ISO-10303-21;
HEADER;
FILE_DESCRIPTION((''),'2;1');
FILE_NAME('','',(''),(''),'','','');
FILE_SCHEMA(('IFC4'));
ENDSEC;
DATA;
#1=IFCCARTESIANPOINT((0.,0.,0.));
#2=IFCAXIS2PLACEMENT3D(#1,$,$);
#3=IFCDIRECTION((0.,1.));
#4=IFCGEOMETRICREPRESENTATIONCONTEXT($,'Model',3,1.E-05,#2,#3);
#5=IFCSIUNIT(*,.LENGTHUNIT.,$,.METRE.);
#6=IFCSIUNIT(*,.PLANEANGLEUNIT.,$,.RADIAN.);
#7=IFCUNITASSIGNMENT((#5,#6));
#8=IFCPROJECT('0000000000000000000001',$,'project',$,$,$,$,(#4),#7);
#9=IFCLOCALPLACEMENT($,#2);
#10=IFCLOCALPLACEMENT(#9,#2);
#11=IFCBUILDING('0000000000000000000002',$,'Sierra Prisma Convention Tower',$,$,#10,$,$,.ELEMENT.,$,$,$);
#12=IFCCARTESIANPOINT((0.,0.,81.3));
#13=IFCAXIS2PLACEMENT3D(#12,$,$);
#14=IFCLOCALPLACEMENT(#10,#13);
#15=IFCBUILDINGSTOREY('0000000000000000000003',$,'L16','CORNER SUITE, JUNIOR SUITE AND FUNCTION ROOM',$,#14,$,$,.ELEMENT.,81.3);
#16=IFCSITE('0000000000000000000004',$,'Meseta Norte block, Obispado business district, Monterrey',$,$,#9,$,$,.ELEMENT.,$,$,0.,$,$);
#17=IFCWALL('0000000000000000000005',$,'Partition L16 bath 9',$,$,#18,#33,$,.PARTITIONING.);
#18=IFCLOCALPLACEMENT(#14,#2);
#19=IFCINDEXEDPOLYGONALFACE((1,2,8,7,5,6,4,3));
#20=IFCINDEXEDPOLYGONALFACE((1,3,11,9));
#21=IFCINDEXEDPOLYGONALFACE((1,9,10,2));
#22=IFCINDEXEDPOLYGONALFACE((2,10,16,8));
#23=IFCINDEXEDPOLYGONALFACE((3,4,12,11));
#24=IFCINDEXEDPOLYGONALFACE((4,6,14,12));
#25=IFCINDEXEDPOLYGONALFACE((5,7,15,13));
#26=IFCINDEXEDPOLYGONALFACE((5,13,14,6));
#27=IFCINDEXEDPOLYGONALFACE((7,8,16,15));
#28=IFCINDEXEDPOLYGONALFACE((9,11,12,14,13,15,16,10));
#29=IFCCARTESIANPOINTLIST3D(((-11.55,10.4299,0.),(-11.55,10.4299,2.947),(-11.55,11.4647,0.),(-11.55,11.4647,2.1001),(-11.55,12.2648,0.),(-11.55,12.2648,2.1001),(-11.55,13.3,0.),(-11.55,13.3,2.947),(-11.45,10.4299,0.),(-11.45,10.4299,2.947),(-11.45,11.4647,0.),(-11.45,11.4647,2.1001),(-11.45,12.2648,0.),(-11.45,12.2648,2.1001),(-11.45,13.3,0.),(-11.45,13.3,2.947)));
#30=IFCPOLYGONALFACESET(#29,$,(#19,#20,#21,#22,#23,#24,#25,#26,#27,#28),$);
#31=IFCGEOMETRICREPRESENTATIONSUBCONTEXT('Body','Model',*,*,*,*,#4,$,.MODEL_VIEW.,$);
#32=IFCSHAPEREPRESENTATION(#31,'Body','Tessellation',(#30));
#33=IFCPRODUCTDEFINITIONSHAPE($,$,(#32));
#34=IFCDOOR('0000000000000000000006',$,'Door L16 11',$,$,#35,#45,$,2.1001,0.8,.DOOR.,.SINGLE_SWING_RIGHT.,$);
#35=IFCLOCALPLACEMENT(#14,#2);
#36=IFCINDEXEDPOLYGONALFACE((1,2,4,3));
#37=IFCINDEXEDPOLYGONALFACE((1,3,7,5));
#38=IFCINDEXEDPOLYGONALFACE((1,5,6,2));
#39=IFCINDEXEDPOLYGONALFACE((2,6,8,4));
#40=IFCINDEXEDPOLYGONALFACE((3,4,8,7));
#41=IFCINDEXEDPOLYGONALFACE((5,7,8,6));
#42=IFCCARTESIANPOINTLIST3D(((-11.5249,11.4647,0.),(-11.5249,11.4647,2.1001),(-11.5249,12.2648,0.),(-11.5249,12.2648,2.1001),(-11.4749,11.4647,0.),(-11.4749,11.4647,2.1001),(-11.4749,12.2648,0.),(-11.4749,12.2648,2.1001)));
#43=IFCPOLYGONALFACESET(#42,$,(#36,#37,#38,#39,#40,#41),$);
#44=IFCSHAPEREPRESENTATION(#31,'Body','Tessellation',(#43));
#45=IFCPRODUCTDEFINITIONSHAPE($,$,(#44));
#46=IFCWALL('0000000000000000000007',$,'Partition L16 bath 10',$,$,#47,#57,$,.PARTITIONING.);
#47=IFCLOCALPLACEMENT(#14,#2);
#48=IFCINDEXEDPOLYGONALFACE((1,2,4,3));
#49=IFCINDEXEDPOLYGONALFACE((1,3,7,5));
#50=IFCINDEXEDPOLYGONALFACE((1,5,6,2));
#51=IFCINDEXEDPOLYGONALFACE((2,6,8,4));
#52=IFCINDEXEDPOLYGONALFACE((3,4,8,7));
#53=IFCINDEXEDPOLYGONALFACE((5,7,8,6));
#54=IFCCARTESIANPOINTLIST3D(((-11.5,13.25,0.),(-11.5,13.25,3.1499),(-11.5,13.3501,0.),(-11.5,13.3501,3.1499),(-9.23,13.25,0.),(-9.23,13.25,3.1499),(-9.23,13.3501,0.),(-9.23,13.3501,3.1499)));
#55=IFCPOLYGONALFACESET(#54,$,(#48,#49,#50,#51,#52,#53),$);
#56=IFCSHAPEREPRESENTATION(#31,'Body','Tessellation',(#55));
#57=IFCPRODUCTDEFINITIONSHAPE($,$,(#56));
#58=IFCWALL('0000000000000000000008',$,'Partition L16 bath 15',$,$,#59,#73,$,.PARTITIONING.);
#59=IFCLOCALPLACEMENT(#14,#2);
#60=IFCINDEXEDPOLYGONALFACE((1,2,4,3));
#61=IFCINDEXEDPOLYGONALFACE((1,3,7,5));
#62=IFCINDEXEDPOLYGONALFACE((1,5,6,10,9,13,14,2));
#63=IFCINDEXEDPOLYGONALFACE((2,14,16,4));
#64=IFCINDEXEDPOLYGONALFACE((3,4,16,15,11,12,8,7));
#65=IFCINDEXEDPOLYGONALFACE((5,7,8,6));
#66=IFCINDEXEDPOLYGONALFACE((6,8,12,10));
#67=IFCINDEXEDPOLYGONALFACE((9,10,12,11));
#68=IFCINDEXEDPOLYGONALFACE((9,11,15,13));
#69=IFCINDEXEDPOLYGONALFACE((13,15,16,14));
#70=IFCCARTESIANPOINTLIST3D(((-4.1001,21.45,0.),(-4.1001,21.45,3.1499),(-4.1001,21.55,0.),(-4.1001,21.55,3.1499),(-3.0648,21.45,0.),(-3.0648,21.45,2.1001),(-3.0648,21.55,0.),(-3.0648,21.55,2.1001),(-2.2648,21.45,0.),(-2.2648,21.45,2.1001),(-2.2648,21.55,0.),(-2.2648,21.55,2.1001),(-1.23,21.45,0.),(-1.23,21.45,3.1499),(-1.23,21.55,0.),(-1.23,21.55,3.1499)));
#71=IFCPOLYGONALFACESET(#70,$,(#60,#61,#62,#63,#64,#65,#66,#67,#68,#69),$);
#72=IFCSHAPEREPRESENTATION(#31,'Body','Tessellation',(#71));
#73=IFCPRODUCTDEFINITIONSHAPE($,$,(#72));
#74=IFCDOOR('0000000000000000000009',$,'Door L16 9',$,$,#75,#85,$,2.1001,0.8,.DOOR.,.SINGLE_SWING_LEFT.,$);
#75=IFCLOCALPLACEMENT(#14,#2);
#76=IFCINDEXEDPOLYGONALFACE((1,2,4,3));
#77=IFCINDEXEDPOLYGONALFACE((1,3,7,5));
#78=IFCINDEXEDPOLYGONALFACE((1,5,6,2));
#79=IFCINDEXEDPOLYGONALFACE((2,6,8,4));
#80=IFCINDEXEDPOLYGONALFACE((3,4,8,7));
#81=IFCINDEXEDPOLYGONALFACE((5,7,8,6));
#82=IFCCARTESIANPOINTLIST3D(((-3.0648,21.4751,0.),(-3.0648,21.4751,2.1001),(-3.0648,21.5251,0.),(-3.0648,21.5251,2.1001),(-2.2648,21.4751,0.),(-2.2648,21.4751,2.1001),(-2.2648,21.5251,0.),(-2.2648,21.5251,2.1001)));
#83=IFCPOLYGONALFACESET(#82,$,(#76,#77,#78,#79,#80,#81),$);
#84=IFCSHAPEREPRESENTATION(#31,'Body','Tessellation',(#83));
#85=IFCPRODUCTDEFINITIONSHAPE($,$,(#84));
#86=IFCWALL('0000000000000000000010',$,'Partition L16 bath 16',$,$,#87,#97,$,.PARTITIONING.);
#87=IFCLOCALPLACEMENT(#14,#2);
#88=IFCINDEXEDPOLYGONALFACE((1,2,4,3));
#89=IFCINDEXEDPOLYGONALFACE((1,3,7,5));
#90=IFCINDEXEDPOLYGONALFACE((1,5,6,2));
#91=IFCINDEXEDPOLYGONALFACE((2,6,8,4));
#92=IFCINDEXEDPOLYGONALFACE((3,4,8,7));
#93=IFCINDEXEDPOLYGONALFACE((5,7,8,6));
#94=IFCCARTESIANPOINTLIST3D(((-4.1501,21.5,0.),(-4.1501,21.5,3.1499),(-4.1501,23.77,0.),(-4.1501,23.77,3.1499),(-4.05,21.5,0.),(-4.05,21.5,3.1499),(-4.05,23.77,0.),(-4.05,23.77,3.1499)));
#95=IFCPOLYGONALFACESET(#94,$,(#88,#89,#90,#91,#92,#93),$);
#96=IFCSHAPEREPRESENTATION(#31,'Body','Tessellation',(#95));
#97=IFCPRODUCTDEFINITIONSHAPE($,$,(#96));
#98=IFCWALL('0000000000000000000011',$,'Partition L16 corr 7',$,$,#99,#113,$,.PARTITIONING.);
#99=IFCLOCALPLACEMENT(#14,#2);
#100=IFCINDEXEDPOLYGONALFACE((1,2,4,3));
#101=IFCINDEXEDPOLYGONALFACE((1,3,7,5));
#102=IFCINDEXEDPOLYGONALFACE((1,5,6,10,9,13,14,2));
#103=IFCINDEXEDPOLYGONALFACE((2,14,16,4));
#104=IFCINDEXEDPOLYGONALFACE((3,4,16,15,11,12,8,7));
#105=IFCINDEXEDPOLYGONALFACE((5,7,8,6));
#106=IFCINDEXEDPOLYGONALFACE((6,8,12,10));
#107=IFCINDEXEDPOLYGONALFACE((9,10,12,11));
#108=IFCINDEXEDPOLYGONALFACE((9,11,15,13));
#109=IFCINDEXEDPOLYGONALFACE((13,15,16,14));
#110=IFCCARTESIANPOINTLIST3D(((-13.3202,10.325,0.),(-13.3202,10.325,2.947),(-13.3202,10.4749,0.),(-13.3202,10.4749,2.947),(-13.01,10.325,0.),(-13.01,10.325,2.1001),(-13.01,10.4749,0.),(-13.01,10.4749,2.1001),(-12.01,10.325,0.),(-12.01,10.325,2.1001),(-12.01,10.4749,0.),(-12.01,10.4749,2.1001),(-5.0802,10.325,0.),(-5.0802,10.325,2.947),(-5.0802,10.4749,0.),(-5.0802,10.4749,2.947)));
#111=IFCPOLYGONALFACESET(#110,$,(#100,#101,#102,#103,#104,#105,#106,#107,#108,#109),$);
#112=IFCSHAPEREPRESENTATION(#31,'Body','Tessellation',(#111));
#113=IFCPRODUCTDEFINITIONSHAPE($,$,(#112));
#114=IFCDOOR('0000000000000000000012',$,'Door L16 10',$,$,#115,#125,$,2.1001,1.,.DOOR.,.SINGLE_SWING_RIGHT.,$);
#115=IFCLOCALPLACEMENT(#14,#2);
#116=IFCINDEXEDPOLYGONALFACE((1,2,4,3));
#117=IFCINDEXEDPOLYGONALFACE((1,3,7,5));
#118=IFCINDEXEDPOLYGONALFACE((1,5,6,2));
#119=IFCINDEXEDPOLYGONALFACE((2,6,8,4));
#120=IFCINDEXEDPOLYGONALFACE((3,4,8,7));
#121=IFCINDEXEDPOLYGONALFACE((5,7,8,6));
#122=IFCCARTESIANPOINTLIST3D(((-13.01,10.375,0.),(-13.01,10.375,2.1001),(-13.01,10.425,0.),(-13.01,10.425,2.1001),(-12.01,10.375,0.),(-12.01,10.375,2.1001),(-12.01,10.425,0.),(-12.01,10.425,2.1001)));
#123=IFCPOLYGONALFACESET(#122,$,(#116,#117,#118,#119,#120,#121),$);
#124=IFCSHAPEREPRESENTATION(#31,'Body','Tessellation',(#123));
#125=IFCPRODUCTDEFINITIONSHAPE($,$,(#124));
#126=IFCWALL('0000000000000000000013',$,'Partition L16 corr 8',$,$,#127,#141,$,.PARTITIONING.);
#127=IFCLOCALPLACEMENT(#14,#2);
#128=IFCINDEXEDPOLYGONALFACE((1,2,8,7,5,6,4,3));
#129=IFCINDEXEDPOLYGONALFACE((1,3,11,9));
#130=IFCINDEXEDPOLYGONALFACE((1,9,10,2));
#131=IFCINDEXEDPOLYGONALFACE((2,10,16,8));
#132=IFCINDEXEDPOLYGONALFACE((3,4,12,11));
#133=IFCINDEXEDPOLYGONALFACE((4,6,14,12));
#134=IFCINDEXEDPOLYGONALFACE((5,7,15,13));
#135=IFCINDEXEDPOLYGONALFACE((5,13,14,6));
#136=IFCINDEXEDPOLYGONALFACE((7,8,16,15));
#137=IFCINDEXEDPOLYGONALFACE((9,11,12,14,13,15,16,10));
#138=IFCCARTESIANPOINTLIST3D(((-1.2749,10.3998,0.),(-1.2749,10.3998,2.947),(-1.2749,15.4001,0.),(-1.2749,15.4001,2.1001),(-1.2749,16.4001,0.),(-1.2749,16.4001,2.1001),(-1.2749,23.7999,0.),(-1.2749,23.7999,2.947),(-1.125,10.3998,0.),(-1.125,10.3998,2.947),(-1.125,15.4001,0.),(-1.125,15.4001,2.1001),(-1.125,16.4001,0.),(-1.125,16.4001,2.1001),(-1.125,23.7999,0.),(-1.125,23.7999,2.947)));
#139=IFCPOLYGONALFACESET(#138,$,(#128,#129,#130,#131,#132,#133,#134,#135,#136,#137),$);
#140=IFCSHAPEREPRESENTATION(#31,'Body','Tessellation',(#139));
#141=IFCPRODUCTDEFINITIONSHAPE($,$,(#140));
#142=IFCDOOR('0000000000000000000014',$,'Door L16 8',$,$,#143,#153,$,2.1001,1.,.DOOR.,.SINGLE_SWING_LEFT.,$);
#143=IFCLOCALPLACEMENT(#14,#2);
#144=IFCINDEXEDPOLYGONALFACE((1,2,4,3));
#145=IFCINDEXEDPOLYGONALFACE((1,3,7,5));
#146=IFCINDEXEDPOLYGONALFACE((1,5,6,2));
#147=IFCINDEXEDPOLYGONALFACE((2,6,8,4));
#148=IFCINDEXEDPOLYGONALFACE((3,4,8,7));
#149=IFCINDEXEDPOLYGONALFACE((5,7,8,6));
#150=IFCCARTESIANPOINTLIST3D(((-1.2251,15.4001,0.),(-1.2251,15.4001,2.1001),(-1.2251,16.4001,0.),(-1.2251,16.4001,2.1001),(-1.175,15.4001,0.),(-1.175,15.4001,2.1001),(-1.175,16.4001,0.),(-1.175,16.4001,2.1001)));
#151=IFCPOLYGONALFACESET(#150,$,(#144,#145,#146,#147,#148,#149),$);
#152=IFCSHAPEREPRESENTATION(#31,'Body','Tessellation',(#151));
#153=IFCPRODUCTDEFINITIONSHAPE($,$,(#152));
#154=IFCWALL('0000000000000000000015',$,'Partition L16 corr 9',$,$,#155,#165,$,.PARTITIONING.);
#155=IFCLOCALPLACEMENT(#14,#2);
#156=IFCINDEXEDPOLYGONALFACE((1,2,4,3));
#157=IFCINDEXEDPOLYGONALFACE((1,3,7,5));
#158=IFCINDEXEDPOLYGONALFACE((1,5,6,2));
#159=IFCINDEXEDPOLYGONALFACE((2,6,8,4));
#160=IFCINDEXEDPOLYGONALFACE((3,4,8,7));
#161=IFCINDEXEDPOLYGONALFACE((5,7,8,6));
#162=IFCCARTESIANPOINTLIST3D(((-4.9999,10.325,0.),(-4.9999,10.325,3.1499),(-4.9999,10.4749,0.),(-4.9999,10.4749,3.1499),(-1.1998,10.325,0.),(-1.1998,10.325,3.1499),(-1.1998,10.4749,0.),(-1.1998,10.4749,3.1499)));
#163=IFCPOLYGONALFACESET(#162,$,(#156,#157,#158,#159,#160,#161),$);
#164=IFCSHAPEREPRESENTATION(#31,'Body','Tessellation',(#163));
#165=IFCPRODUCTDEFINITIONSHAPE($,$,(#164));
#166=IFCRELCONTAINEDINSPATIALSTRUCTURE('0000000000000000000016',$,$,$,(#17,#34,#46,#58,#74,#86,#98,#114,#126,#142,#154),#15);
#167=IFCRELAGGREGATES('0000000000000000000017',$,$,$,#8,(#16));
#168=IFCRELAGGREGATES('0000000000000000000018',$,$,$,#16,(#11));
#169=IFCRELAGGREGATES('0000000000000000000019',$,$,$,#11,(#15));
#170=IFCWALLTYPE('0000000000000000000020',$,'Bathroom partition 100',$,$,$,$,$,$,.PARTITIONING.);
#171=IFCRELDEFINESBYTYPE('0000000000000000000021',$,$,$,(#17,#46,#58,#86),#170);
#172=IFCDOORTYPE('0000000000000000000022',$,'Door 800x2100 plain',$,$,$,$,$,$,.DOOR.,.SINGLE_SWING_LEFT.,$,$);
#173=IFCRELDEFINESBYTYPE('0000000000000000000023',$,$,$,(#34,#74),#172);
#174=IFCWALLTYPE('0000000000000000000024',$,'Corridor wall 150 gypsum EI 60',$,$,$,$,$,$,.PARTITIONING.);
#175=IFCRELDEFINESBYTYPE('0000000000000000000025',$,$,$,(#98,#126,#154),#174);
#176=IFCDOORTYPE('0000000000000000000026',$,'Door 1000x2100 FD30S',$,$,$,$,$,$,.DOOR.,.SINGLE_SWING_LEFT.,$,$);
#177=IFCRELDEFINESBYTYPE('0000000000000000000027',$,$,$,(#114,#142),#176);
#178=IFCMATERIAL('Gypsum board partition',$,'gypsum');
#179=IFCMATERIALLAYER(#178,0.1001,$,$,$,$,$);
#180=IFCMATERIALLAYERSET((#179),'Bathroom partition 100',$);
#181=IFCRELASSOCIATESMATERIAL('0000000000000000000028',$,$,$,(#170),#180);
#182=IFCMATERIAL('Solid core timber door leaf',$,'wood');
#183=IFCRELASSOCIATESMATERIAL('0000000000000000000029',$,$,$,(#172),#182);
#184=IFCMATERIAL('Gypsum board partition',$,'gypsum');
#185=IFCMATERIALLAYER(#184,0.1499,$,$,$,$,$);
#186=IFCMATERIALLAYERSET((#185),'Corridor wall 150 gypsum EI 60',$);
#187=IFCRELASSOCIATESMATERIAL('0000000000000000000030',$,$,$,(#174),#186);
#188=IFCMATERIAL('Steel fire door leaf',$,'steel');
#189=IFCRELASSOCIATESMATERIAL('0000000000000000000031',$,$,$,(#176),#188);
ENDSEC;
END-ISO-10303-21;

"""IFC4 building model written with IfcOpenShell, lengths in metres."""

from ifc_helpers import new_model, si_unit, direction, frame, frame_2d, origin, place, context, subcontext, project, spatial, rectangle, extrude, material, layer, layer_set, type_object, element, fill, save


model = new_model("IFC4")

# Units and contexts
model_context = context("Model", 3, precision=1e-05, world=origin(), true_north=direction((0.0, 1.0)))
body_context = subcontext(model_context, "Body", "Model", "MODEL_VIEW")
ifc_project = project(units=[si_unit("LENGTHUNIT", "METRE"), si_unit("PLANEANGLEUNIT", "RADIAN")], contexts=[model_context])

# Site, building, storey
site_placement = place(None, origin())
site = spatial("IfcSite", under=ifc_project, at=site_placement, Name="Meseta Norte block, Obispado business district, Monterrey", CompositionType="ELEMENT", RefElevation=0.0)
building_placement = place(site_placement, origin())
building = spatial("IfcBuilding", under=site, at=building_placement, Name="Sierra Prisma Convention Tower", CompositionType="ELEMENT")
storey_placement = place(building_placement, frame((0.0, 0.0, 81.3)))
storey = spatial("IfcBuildingStorey", under=building, at=storey_placement, Name="L16", Description="CORNER SUITE, JUNIOR SUITE AND FUNCTION ROOM", CompositionType="ELEMENT", Elevation=81.3)

# Wall, opening, door
ifc_material_1 = material(Name="Gypsum board partition", Category="gypsum")
ifc_layer_1 = layer(ifc_material_1, 0.1001)
ifc_layer_set_1 = layer_set([ifc_layer_1], Name="Bathroom partition 100")
wall_type_1 = type_object("IfcWallType", Name="Bathroom partition 100", PredefinedType="PARTITIONING", material=ifc_layer_set_1)
wall_1_placement = place(storey_placement, frame((-11.5, 10.4299, 0.0), z_axis=(0.0, 0.0, 1.0), x_axis=(0.0, 1.0, 0.0)))
wall_1 = element("IfcWall", 1, at=wall_1_placement, inside=storey, type_object=wall_type_1, Name="Partition L16 bath 9", PredefinedType="PARTITIONING", context=body_context, shape_type="SweptSolid", body=[
    extrude(rectangle(XDim=2.8701, YDim=0.1001, at=frame_2d((1.4351, 0.0))), origin(), (0.0, 0.0, 1.0), 2.947),
])
opening_1_placement = place(wall_1_placement, frame((1.0349, 0.0, 0.0)))
opening_1 = element("IfcOpeningElement", 2, at=opening_1_placement, cuts=wall_1, PredefinedType="OPENING", context=body_context, shape_type="SweptSolid", body=[
    extrude(rectangle(XDim=0.8, YDim=2.1001, at=frame_2d((0.3999, 1.05))), frame((0.0, 0.05, 0.0), z_axis=(0.0, -1.0, 0.0), x_axis=(1.0, 0.0, 0.0)), (0.0, 0.0, 1.0), 0.1001),
])
ifc_material_2 = material(Name="Solid core timber door leaf", Category="wood")
door_type_1 = type_object("IfcDoorType", Name="Door 800x2100 plain", OperationType="SINGLE_SWING_LEFT", PredefinedType="DOOR", material=ifc_material_2)
door_1_placement = place(opening_1_placement, origin())
door_1 = element("IfcDoor", 3, at=door_1_placement, inside=storey, type_object=door_type_1, Name="Door L16 11", OperationType="SINGLE_SWING_RIGHT", OverallHeight=2.1001, OverallWidth=0.8, PredefinedType="DOOR", context=body_context, shape_type="SweptSolid", body=[
    extrude(rectangle(XDim=0.8, YDim=2.1001, at=frame_2d((0.3999, 1.05))), frame((0.0, 0.0249, 0.0), z_axis=(0.0, -1.0, 0.0), x_axis=(1.0, 0.0, 0.0)), (0.0, 0.0, 1.0), 0.05),
])
fill(opening_1, door_1)

# Wall
wall_2_placement = place(storey_placement, frame((-11.5, 13.3, 0.0), z_axis=(0.0, 0.0, 1.0), x_axis=(1.0, 0.0, 0.0)))
element("IfcWall", 4, at=wall_2_placement, inside=storey, type_object=wall_type_1, Name="Partition L16 bath 10", PredefinedType="PARTITIONING", context=body_context, shape_type="SweptSolid", body=[
    extrude(rectangle(XDim=2.27, YDim=0.1001, at=frame_2d((1.135, 0.0))), origin(), (0.0, 0.0, 1.0), 3.1499),
])

# Wall, opening, door
wall_3_placement = place(storey_placement, frame((-1.23, 21.5, 0.0), z_axis=(0.0, 0.0, 1.0), x_axis=(-1.0, 0.0, 0.0)))
wall_3 = element("IfcWall", 5, at=wall_3_placement, inside=storey, type_object=wall_type_1, Name="Partition L16 bath 15", PredefinedType="PARTITIONING", context=body_context, shape_type="SweptSolid", body=[
    extrude(rectangle(XDim=2.8701, YDim=0.1001, at=frame_2d((1.4351, 0.0))), origin(), (0.0, 0.0, 1.0), 3.1499),
])
opening_2_placement = place(wall_3_placement, frame((1.0349, 0.0, 0.0)))
opening_2 = element("IfcOpeningElement", 6, at=opening_2_placement, cuts=wall_3, PredefinedType="OPENING", context=body_context, shape_type="SweptSolid", body=[
    extrude(rectangle(XDim=0.8, YDim=2.1001, at=frame_2d((0.3999, 1.05))), frame((0.0, 0.05, 0.0), z_axis=(0.0, -1.0, 0.0), x_axis=(1.0, 0.0, 0.0)), (0.0, 0.0, 1.0), 0.1001),
])
door_2_placement = place(opening_2_placement, origin())
door_2 = element("IfcDoor", 7, at=door_2_placement, inside=storey, type_object=door_type_1, Name="Door L16 9", OperationType="SINGLE_SWING_LEFT", OverallHeight=2.1001, OverallWidth=0.8, PredefinedType="DOOR", context=body_context, shape_type="SweptSolid", body=[
    extrude(rectangle(XDim=0.8, YDim=2.1001, at=frame_2d((0.3999, 1.05))), frame((0.0, 0.0249, 0.0), z_axis=(0.0, -1.0, 0.0), x_axis=(1.0, 0.0, 0.0)), (0.0, 0.0, 1.0), 0.05),
])
fill(opening_2, door_2)

# Wall
wall_4_placement = place(storey_placement, frame((-4.1001, 21.5, 0.0), z_axis=(0.0, 0.0, 1.0), x_axis=(0.0, 1.0, 0.0)))
element("IfcWall", 8, at=wall_4_placement, inside=storey, type_object=wall_type_1, Name="Partition L16 bath 16", PredefinedType="PARTITIONING", context=body_context, shape_type="SweptSolid", body=[
    extrude(rectangle(XDim=2.27, YDim=0.1001, at=frame_2d((1.135, 0.0))), origin(), (0.0, 0.0, 1.0), 3.1499),
])

# Walls, openings, doors
ifc_material_3 = material(Name="Gypsum board partition", Category="gypsum")
ifc_layer_2 = layer(ifc_material_3, 0.1499)
ifc_layer_set_2 = layer_set([ifc_layer_2], Name="Corridor wall 150 gypsum EI 60")
wall_type_2 = type_object("IfcWallType", Name="Corridor wall 150 gypsum EI 60", PredefinedType="PARTITIONING", material=ifc_layer_set_2)
wall_5_placement = place(storey_placement, frame((-5.0801, 10.3999, 0.0), z_axis=(0.0, 0.0, 1.0), x_axis=(-1.0, 0.0, 0.0)))
wall_5 = element("IfcWall", 9, at=wall_5_placement, inside=storey, type_object=wall_type_2, Name="Partition L16 corr 7", PredefinedType="PARTITIONING", context=body_context, shape_type="SweptSolid", body=[
    extrude(rectangle(XDim=8.24, YDim=0.1499, at=frame_2d((4.1201, 0.0))), origin(), (0.0, 0.0, 1.0), 2.947),
])
opening_3_placement = place(wall_5_placement, frame((6.9299, 0.0, 0.0)))
opening_3 = element("IfcOpeningElement", 10, at=opening_3_placement, cuts=wall_5, PredefinedType="OPENING", context=body_context, shape_type="SweptSolid", body=[
    extrude(rectangle(XDim=1.0, YDim=2.1001, at=frame_2d((0.5, 1.05))), frame((0.0, 0.075, 0.0), z_axis=(0.0, -1.0, 0.0), x_axis=(1.0, 0.0, 0.0)), (0.0, 0.0, 1.0), 0.1499),
])
ifc_material_4 = material(Name="Steel fire door leaf", Category="steel")
door_type_2 = type_object("IfcDoorType", Name="Door 1000x2100 FD30S", OperationType="SINGLE_SWING_LEFT", PredefinedType="DOOR", material=ifc_material_4)
door_3_placement = place(opening_3_placement, origin())
door_3 = element("IfcDoor", 11, at=door_3_placement, inside=storey, type_object=door_type_2, Name="Door L16 10", OperationType="SINGLE_SWING_RIGHT", OverallHeight=2.1001, OverallWidth=1.0, PredefinedType="DOOR", context=body_context, shape_type="SweptSolid", body=[
    extrude(rectangle(XDim=1.0, YDim=2.1001, at=frame_2d((0.5, 1.05))), frame((0.0, 0.0249, 0.0), z_axis=(0.0, -1.0, 0.0), x_axis=(1.0, 0.0, 0.0)), (0.0, 0.0, 1.0), 0.05),
])
fill(opening_3, door_3)
wall_6_placement = place(storey_placement, frame((-1.2, 23.8, 0.0), z_axis=(0.0, 0.0, 1.0), x_axis=(0.0, -1.0, 0.0)))
wall_6 = element("IfcWall", 12, at=wall_6_placement, inside=storey, type_object=wall_type_2, Name="Partition L16 corr 8", PredefinedType="PARTITIONING", context=body_context, shape_type="SweptSolid", body=[
    extrude(rectangle(XDim=13.4001, YDim=0.1499, at=frame_2d((6.7002, 0.0))), origin(), (0.0, 0.0, 1.0), 2.947),
])
opening_4_placement = place(wall_6_placement, frame((7.3999, 0.0, 0.0)))
opening_4 = element("IfcOpeningElement", 13, at=opening_4_placement, cuts=wall_6, PredefinedType="OPENING", context=body_context, shape_type="SweptSolid", body=[
    extrude(rectangle(XDim=1.0, YDim=2.1001, at=frame_2d((0.5, 1.05))), frame((0.0, 0.075, 0.0), z_axis=(0.0, -1.0, 0.0), x_axis=(1.0, 0.0, 0.0)), (0.0, 0.0, 1.0), 0.1499),
])
door_4_placement = place(opening_4_placement, origin())
door_4 = element("IfcDoor", 14, at=door_4_placement, inside=storey, type_object=door_type_2, Name="Door L16 8", OperationType="SINGLE_SWING_LEFT", OverallHeight=2.1001, OverallWidth=1.0, PredefinedType="DOOR", context=body_context, shape_type="SweptSolid", body=[
    extrude(rectangle(XDim=1.0, YDim=2.1001, at=frame_2d((0.5, 1.05))), frame((0.0, 0.0249, 0.0), z_axis=(0.0, -1.0, 0.0), x_axis=(1.0, 0.0, 0.0)), (0.0, 0.0, 1.0), 0.05),
])
fill(opening_4, door_4)

# Wall
wall_7_placement = place(storey_placement, frame((-1.2, 10.3999, 0.0), z_axis=(0.0, 0.0, 1.0), x_axis=(-1.0, 0.0, 0.0)))
element("IfcWall", 15, at=wall_7_placement, inside=storey, type_object=wall_type_2, Name="Partition L16 corr 9", PredefinedType="PARTITIONING", context=body_context, shape_type="SweptSolid", body=[
    extrude(rectangle(XDim=3.8, YDim=0.1499, at=frame_2d((1.8999, 0.0))), origin(), (0.0, 0.0, 1.0), 3.1499),
])

save(model, "model.ifc")
